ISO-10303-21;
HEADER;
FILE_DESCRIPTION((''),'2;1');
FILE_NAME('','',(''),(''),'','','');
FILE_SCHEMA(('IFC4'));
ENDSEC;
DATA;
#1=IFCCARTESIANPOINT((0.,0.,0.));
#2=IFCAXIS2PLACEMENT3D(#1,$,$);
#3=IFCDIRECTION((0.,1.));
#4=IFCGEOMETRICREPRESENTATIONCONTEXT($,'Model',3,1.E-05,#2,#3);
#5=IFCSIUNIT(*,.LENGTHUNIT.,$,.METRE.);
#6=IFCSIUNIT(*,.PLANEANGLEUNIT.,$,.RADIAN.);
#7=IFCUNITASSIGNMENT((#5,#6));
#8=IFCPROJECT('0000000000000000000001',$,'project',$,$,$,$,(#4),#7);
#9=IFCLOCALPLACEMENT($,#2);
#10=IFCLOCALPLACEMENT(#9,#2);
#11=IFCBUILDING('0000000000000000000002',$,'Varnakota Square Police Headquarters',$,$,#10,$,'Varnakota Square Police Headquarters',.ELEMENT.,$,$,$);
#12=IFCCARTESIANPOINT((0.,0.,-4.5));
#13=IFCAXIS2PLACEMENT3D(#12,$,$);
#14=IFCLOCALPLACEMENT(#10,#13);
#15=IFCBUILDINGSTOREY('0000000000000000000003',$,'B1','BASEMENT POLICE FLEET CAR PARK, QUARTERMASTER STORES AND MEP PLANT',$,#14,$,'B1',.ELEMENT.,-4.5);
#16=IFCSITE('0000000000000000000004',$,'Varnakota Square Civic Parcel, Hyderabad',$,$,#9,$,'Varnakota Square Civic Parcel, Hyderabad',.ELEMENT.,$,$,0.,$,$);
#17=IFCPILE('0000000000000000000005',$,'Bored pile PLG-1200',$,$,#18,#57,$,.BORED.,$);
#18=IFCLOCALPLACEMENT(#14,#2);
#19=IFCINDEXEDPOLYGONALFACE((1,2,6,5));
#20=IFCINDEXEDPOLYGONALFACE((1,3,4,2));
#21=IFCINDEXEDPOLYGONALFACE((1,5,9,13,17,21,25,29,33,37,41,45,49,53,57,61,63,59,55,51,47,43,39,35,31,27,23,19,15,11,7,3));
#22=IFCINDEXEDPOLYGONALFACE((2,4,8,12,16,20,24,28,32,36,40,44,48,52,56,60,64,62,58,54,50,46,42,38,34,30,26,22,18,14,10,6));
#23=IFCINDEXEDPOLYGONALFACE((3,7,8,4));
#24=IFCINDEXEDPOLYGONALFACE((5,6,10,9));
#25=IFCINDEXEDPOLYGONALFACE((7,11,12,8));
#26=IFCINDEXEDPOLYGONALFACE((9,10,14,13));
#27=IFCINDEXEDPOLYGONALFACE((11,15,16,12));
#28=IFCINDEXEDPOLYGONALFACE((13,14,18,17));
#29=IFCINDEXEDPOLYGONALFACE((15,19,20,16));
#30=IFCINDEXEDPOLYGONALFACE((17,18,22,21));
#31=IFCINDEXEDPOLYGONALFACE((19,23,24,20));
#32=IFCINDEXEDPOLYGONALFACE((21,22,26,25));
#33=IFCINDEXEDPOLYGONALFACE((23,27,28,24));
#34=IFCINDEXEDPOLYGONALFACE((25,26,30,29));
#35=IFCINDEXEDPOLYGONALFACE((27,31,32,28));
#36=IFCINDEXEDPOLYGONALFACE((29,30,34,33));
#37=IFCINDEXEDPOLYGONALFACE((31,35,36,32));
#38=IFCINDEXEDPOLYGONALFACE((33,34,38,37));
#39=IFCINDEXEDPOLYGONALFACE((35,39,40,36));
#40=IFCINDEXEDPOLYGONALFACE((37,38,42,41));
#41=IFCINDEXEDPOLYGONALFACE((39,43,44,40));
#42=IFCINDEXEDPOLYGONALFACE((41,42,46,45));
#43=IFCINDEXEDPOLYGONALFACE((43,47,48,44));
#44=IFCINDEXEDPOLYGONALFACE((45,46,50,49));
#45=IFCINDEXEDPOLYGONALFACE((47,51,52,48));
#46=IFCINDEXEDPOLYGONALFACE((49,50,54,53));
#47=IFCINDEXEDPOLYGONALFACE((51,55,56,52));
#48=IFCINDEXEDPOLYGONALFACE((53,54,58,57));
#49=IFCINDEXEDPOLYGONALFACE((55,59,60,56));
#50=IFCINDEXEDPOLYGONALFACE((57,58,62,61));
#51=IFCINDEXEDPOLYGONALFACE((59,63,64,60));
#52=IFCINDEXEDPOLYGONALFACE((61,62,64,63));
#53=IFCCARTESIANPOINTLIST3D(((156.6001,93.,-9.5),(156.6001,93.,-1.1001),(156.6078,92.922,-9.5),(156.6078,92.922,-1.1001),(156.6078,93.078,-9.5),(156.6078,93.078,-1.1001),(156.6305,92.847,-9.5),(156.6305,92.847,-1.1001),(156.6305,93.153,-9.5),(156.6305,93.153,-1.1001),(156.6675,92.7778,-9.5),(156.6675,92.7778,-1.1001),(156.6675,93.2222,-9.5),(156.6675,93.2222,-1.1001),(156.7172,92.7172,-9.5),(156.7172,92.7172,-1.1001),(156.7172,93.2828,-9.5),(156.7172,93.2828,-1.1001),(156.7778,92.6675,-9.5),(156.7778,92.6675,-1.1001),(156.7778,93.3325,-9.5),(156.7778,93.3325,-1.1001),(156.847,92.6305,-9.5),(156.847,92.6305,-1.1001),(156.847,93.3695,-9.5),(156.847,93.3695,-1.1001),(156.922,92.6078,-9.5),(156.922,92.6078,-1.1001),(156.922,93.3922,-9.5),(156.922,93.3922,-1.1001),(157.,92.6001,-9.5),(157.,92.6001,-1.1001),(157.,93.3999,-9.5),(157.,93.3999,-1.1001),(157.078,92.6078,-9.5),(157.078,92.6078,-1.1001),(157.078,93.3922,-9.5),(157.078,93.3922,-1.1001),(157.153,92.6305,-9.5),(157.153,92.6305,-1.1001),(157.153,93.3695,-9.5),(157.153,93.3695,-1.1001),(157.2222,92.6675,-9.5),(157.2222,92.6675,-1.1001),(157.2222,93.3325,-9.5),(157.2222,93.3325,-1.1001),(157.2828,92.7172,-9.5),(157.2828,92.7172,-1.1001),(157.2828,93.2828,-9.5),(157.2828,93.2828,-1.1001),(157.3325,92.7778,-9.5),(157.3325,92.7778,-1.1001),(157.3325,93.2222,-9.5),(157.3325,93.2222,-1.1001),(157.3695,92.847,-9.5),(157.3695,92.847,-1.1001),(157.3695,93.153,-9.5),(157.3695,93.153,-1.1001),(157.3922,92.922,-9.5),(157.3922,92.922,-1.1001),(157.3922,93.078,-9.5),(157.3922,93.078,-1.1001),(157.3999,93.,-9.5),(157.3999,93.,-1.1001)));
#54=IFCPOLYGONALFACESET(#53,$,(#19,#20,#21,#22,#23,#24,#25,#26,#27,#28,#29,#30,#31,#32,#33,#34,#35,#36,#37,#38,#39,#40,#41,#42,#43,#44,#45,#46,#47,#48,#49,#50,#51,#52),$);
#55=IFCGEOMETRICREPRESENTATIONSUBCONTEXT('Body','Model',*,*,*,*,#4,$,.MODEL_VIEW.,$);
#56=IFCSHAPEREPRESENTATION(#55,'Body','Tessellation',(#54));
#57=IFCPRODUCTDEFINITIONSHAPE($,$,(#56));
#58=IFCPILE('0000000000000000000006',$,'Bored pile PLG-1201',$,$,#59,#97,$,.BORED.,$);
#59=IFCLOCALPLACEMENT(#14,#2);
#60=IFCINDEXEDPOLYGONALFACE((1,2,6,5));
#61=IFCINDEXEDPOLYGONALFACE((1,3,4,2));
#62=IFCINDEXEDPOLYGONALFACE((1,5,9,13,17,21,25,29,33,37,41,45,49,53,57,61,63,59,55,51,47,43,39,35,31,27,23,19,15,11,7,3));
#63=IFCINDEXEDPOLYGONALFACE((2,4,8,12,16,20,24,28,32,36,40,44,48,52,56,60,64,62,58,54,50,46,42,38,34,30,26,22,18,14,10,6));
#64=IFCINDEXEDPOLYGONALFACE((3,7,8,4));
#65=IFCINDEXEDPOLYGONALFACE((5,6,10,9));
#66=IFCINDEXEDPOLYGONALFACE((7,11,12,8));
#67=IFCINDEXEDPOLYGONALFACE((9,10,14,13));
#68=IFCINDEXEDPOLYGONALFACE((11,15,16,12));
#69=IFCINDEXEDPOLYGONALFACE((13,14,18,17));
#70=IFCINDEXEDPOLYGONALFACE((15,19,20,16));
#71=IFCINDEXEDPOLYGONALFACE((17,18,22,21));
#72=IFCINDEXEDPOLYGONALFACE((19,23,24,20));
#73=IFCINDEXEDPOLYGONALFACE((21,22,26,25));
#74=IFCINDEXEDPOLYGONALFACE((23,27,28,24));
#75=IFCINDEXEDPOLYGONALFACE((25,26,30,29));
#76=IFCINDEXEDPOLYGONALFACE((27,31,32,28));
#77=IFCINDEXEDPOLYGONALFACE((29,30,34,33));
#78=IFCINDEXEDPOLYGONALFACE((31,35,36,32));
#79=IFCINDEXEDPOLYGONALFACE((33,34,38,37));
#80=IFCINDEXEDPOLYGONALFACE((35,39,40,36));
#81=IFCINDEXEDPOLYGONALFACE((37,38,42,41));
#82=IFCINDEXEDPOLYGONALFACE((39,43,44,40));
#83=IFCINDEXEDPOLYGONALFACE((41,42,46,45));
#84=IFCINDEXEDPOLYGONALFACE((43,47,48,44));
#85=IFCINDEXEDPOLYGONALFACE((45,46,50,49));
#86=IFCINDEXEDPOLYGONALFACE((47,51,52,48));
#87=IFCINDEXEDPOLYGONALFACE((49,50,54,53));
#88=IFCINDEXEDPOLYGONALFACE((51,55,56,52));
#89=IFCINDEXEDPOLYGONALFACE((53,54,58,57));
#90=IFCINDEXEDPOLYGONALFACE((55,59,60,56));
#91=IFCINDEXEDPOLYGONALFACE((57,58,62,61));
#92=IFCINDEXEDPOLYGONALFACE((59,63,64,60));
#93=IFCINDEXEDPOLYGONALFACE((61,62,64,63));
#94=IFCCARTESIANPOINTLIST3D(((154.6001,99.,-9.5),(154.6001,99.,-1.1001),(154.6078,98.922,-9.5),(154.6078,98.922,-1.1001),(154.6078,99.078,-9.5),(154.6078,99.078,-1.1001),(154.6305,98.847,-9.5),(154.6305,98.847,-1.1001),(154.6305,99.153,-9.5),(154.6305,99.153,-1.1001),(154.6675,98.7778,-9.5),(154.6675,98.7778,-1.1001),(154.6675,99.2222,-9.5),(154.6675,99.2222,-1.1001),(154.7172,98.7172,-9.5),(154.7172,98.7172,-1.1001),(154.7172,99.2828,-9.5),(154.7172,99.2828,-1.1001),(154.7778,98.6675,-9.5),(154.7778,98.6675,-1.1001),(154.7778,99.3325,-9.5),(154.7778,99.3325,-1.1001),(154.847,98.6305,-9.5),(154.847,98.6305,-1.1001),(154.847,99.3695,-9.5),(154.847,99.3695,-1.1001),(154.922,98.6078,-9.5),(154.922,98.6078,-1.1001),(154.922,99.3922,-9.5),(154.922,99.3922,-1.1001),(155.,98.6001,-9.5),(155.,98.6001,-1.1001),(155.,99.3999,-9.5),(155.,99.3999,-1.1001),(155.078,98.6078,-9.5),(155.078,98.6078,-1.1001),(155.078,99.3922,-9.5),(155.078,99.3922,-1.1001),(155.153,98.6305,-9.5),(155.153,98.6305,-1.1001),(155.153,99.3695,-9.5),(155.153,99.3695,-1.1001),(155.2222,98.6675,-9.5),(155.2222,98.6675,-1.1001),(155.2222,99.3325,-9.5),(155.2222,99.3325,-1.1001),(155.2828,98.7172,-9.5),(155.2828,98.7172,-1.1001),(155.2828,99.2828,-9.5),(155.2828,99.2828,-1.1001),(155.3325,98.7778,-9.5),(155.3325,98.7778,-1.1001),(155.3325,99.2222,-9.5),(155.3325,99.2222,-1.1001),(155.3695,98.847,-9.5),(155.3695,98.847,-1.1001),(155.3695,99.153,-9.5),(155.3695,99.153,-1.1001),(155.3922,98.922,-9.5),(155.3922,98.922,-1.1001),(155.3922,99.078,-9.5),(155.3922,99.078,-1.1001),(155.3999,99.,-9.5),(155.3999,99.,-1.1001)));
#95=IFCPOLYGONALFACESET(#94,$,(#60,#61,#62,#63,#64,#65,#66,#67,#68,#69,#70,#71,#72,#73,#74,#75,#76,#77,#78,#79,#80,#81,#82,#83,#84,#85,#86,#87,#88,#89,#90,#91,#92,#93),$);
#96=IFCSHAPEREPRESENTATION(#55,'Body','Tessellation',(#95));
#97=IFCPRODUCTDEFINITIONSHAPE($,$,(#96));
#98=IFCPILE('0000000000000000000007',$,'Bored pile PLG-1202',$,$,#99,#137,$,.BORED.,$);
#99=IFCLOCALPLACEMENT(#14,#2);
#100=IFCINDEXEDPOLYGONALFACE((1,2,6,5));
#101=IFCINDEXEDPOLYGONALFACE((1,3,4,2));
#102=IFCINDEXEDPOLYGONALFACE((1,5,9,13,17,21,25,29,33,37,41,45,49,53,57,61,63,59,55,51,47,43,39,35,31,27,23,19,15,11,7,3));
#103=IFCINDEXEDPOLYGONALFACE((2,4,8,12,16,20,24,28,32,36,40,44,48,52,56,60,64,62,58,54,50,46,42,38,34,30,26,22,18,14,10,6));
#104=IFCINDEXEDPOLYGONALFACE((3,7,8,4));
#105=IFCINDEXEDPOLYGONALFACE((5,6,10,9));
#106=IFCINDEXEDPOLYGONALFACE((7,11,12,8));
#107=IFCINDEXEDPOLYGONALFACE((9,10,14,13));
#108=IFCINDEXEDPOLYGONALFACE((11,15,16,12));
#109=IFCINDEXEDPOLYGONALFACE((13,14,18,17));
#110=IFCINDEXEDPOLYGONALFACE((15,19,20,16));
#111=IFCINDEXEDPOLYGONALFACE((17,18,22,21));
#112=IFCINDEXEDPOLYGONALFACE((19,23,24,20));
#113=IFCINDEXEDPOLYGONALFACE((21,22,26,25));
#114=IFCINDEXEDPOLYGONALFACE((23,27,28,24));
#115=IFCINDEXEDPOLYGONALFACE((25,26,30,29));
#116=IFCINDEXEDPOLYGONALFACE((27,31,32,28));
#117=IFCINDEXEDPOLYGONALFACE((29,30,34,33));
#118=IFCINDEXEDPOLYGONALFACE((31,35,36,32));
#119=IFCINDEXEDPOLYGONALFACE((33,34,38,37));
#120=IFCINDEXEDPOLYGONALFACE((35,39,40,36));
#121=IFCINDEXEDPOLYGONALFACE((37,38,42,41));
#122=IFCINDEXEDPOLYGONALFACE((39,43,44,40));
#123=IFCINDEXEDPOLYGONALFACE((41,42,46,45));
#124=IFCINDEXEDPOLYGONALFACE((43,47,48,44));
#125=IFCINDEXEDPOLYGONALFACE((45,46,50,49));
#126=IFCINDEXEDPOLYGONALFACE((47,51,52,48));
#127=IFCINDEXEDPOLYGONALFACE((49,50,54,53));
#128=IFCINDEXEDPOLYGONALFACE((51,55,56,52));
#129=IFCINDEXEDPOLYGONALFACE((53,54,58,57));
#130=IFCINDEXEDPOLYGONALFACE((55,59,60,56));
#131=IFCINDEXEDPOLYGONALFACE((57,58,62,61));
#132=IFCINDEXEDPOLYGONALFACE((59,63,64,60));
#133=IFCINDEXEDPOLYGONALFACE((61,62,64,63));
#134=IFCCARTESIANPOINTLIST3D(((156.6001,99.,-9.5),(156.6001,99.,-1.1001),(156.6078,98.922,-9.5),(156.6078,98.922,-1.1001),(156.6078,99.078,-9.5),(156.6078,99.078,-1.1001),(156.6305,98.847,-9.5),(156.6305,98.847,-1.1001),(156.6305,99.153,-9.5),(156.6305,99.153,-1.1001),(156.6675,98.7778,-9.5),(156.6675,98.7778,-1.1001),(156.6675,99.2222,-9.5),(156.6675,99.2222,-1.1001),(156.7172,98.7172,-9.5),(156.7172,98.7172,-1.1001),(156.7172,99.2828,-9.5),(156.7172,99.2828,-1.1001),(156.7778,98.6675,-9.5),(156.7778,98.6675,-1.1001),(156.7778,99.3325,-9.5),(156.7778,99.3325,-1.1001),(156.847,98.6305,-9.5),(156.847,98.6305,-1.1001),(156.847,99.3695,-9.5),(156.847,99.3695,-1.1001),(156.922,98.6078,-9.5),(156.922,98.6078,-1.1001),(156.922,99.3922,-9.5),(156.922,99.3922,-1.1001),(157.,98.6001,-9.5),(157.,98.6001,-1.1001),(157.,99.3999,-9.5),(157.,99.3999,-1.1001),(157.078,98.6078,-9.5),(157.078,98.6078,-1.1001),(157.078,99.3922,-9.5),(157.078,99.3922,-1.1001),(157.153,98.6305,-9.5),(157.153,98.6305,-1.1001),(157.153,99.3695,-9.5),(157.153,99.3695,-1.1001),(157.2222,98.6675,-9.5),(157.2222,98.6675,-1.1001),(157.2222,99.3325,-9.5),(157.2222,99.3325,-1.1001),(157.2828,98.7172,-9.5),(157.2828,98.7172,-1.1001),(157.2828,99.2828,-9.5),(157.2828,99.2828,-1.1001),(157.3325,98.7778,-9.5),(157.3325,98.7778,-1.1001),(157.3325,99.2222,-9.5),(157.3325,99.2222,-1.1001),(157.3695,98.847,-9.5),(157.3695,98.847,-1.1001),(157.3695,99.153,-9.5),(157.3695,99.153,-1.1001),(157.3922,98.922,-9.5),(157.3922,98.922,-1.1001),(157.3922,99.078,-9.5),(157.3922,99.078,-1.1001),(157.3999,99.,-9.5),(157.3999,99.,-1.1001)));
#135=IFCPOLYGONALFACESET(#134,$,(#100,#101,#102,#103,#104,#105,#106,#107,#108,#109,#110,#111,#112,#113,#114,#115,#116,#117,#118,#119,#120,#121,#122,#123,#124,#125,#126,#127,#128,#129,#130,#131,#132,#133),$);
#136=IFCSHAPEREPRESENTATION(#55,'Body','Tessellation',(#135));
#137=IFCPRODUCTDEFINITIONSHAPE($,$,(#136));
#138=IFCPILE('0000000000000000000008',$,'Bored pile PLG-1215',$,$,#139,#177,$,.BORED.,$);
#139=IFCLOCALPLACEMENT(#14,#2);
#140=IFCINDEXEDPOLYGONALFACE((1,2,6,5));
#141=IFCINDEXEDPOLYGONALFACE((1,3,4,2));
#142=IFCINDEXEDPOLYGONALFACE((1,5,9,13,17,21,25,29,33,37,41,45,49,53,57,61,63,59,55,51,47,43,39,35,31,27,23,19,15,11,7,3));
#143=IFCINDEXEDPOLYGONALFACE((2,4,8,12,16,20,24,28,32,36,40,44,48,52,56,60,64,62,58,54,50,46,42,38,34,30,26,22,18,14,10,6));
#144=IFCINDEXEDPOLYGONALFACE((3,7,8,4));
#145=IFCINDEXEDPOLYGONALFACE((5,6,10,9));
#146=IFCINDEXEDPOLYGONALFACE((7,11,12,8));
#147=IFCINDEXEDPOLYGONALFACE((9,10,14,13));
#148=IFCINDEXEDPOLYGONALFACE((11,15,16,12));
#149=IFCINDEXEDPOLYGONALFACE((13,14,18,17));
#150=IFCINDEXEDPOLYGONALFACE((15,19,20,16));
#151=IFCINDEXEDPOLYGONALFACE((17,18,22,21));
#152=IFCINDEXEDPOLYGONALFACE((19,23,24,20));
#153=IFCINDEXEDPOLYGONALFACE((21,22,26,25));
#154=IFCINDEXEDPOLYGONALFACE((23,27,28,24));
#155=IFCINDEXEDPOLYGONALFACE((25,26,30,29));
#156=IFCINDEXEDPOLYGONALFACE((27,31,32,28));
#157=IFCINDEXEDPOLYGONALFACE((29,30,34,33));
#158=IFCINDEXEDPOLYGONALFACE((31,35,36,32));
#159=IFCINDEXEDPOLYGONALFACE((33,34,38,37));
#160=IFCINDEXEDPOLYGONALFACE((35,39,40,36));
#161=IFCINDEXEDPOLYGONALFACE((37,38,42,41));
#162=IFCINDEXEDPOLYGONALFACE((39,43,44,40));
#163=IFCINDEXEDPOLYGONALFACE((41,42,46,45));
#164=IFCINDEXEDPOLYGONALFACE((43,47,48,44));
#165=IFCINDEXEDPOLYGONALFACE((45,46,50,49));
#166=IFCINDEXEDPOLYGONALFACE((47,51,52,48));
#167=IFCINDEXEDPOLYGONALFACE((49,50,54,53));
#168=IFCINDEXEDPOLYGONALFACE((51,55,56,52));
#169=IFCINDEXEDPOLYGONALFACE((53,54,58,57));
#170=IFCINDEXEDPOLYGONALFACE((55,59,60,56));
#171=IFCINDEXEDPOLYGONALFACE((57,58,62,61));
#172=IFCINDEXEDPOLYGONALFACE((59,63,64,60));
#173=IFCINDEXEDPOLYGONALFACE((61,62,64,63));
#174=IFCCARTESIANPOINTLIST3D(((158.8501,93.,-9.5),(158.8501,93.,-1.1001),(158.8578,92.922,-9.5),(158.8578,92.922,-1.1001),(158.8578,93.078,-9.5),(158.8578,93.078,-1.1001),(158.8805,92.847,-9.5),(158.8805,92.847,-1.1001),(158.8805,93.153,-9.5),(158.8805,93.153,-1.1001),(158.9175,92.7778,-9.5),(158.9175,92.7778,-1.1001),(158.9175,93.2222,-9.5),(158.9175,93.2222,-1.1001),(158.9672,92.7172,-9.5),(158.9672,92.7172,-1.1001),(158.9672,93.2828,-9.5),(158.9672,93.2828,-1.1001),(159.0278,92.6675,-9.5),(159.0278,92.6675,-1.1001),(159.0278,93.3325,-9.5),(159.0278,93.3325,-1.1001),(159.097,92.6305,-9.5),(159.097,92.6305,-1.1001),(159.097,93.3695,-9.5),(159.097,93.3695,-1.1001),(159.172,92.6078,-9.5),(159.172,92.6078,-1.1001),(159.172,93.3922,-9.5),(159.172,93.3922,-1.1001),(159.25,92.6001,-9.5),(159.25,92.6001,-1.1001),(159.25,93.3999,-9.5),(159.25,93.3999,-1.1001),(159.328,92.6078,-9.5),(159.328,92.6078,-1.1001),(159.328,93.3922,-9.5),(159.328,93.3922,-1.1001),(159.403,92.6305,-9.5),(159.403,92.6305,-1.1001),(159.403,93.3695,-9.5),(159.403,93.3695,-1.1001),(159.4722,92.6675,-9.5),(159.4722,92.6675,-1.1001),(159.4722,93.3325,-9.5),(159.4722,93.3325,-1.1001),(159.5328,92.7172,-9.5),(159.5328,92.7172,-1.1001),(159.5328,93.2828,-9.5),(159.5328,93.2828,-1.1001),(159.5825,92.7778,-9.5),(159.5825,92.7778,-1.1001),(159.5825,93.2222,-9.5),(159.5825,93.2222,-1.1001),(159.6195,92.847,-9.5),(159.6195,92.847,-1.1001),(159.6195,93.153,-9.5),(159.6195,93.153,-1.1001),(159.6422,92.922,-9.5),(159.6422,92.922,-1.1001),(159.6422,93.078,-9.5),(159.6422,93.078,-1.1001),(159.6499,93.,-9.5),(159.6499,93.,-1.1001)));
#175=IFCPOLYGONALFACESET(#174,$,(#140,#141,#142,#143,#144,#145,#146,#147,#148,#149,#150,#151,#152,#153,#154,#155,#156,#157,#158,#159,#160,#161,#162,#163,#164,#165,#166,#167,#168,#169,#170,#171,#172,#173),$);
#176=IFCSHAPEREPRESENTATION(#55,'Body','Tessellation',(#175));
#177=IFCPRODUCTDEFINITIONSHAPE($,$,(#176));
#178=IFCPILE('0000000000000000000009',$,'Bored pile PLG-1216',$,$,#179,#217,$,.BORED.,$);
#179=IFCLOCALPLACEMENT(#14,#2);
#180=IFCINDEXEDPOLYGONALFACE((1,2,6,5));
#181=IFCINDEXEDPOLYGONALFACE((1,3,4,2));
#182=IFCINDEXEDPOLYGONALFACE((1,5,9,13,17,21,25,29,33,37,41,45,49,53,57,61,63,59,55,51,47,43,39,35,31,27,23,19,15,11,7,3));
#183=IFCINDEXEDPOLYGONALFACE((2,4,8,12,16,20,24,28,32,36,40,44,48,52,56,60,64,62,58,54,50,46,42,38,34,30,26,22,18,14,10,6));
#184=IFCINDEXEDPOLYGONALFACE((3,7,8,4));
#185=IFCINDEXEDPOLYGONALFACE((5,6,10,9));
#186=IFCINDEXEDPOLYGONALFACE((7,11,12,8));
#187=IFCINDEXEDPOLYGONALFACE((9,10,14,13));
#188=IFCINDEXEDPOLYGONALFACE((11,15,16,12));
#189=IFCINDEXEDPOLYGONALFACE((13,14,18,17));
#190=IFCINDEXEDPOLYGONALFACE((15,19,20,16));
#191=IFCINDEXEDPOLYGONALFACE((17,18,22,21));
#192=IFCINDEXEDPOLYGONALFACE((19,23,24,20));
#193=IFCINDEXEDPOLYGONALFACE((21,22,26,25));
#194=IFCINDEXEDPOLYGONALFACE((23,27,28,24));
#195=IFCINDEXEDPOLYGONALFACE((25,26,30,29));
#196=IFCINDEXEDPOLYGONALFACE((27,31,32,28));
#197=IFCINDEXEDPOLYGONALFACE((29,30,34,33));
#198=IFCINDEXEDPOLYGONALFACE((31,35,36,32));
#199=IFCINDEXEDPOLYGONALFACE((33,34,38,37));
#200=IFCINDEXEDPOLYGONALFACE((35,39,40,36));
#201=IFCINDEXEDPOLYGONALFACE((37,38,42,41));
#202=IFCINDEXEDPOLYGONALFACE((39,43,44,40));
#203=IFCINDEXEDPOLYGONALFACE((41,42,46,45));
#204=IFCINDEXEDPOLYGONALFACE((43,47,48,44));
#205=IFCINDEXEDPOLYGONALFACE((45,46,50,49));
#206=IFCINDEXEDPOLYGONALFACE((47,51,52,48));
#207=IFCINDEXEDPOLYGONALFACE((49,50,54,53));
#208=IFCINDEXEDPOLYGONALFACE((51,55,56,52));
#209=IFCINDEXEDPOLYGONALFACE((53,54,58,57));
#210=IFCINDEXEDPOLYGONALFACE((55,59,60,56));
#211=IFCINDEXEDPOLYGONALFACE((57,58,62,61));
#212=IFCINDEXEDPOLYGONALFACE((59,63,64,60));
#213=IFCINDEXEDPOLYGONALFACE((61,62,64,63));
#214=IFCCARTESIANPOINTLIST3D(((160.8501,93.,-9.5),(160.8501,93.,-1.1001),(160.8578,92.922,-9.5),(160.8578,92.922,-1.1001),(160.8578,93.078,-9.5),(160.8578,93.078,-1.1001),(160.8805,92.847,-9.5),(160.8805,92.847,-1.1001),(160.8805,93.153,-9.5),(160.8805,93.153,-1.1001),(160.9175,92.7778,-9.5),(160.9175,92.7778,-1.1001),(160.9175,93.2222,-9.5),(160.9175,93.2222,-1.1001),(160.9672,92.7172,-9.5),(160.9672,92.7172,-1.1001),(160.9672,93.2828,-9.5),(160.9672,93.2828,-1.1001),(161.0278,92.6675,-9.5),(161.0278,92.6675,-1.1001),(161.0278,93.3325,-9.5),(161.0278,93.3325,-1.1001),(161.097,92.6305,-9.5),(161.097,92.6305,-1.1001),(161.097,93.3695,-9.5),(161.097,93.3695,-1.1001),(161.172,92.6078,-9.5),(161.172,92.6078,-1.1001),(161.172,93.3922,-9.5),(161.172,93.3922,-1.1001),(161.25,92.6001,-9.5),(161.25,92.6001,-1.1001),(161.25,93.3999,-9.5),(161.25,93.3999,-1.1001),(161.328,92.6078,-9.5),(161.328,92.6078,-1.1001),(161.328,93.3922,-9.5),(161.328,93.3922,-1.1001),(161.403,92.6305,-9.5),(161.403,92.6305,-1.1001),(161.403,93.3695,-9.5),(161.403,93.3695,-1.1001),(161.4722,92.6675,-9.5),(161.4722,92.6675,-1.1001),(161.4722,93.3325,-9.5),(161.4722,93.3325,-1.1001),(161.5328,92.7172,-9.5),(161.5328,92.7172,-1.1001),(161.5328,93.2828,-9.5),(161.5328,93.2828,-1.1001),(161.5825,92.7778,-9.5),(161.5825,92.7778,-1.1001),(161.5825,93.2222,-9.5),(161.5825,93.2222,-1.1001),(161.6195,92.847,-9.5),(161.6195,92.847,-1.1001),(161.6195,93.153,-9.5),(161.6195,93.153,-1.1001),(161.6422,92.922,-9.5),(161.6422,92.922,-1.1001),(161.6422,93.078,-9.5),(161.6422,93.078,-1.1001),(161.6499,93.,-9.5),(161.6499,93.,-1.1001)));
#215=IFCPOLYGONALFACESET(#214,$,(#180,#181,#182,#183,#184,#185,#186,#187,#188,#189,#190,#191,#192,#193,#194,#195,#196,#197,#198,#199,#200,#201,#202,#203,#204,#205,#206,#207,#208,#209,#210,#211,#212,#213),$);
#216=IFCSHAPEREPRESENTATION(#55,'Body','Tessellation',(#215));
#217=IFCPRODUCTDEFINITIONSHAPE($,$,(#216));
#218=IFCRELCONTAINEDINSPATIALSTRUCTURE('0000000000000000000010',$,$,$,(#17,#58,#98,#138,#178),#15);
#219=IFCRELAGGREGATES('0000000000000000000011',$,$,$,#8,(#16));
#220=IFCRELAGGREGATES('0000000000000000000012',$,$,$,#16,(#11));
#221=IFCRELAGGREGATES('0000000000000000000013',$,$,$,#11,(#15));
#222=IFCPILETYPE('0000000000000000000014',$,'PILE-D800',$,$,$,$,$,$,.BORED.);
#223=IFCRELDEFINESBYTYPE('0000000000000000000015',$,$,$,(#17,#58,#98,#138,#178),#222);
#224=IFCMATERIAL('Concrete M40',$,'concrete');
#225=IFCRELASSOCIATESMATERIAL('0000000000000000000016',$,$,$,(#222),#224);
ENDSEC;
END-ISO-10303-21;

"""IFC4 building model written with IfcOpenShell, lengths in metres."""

from ifc_helpers import new_model, si_unit, direction, frame, origin, origin_2d, place, context, subcontext, project, spatial, circle, extrude, material, material_profile, profile_set, type_object, element, save


model = new_model("IFC4")

# Units and contexts
model_context = context("Model", 3, precision=1e-05, world=origin(), true_north=direction((0.0, 1.0)))
body_context = subcontext(model_context, "Body", "Model", "MODEL_VIEW")
ifc_project = project(units=[si_unit("LENGTHUNIT", "METRE"), si_unit("PLANEANGLEUNIT", "RADIAN")], contexts=[model_context])

# Site, building, storey
site_placement = place(None, origin())
site = spatial("IfcSite", under=ifc_project, at=site_placement, Name="Varnakota Square Civic Parcel, Hyderabad", LongName="Varnakota Square Civic Parcel, Hyderabad", CompositionType="ELEMENT", RefElevation=0.0)
building_placement = place(site_placement, origin())
building = spatial("IfcBuilding", under=site, at=building_placement, Name="Varnakota Square Police Headquarters", LongName="Varnakota Square Police Headquarters", CompositionType="ELEMENT")
storey_placement = place(building_placement, frame((0.0, 0.0, -4.5)))
storey = spatial("IfcBuildingStorey", under=building, at=storey_placement, Name="B1", Description="BASEMENT POLICE FLEET CAR PARK, QUARTERMASTER STORES AND MEP PLANT", LongName="B1", CompositionType="ELEMENT", Elevation=-4.5)

# Shared definitions
ifc_material_1 = material(Name="Concrete M40", Category="concrete")

# Piles
ifc_material_profile_1 = material_profile(ifc_material_1, circle(Radius=0.3999, at=origin_2d()), Name="BORED PILE 800")
ifc_profile_set_1 = profile_set([ifc_material_profile_1], Name="Concrete M40")
pile_type = type_object("IfcPileType", Name="PILE-D800", PredefinedType="BORED", material=ifc_profile_set_1)
for number, where, z_axis, x_axis, name in (
    (1, (157.0, 93.0, -1.1001), (0.0, 0.0, -1.0), (1.0, 0.0, 0.0), "Bored pile PLG-1200"),
    (2, (155.0, 99.0, -1.1001), (0.0, 0.0, -1.0), (1.0, 0.0, 0.0), "Bored pile PLG-1201"),
    (3, (157.0, 99.0, -1.1001), (0.0, 0.0, -1.0), (1.0, 0.0, 0.0), "Bored pile PLG-1202"),
    (4, (159.25, 93.0, -1.1001), (0.0, 0.0, -1.0), (1.0, 0.0, 0.0), "Bored pile PLG-1215"),
    (5, (161.25, 93.0, -1.1001), (0.0, 0.0, -1.0), (1.0, 0.0, 0.0), "Bored pile PLG-1216"),
):
    element("IfcPile", number, at=place(storey_placement, frame(where, z_axis=z_axis, x_axis=x_axis)), inside=storey, type_object=pile_type, Name=name, PredefinedType="BORED", context=body_context, shape_type="SweptSolid", body=[
        extrude(circle(Radius=0.3999, at=origin_2d()), origin(), (0.0, 0.0, 1.0), 8.3999),
    ])

save(model, "model.ifc")
